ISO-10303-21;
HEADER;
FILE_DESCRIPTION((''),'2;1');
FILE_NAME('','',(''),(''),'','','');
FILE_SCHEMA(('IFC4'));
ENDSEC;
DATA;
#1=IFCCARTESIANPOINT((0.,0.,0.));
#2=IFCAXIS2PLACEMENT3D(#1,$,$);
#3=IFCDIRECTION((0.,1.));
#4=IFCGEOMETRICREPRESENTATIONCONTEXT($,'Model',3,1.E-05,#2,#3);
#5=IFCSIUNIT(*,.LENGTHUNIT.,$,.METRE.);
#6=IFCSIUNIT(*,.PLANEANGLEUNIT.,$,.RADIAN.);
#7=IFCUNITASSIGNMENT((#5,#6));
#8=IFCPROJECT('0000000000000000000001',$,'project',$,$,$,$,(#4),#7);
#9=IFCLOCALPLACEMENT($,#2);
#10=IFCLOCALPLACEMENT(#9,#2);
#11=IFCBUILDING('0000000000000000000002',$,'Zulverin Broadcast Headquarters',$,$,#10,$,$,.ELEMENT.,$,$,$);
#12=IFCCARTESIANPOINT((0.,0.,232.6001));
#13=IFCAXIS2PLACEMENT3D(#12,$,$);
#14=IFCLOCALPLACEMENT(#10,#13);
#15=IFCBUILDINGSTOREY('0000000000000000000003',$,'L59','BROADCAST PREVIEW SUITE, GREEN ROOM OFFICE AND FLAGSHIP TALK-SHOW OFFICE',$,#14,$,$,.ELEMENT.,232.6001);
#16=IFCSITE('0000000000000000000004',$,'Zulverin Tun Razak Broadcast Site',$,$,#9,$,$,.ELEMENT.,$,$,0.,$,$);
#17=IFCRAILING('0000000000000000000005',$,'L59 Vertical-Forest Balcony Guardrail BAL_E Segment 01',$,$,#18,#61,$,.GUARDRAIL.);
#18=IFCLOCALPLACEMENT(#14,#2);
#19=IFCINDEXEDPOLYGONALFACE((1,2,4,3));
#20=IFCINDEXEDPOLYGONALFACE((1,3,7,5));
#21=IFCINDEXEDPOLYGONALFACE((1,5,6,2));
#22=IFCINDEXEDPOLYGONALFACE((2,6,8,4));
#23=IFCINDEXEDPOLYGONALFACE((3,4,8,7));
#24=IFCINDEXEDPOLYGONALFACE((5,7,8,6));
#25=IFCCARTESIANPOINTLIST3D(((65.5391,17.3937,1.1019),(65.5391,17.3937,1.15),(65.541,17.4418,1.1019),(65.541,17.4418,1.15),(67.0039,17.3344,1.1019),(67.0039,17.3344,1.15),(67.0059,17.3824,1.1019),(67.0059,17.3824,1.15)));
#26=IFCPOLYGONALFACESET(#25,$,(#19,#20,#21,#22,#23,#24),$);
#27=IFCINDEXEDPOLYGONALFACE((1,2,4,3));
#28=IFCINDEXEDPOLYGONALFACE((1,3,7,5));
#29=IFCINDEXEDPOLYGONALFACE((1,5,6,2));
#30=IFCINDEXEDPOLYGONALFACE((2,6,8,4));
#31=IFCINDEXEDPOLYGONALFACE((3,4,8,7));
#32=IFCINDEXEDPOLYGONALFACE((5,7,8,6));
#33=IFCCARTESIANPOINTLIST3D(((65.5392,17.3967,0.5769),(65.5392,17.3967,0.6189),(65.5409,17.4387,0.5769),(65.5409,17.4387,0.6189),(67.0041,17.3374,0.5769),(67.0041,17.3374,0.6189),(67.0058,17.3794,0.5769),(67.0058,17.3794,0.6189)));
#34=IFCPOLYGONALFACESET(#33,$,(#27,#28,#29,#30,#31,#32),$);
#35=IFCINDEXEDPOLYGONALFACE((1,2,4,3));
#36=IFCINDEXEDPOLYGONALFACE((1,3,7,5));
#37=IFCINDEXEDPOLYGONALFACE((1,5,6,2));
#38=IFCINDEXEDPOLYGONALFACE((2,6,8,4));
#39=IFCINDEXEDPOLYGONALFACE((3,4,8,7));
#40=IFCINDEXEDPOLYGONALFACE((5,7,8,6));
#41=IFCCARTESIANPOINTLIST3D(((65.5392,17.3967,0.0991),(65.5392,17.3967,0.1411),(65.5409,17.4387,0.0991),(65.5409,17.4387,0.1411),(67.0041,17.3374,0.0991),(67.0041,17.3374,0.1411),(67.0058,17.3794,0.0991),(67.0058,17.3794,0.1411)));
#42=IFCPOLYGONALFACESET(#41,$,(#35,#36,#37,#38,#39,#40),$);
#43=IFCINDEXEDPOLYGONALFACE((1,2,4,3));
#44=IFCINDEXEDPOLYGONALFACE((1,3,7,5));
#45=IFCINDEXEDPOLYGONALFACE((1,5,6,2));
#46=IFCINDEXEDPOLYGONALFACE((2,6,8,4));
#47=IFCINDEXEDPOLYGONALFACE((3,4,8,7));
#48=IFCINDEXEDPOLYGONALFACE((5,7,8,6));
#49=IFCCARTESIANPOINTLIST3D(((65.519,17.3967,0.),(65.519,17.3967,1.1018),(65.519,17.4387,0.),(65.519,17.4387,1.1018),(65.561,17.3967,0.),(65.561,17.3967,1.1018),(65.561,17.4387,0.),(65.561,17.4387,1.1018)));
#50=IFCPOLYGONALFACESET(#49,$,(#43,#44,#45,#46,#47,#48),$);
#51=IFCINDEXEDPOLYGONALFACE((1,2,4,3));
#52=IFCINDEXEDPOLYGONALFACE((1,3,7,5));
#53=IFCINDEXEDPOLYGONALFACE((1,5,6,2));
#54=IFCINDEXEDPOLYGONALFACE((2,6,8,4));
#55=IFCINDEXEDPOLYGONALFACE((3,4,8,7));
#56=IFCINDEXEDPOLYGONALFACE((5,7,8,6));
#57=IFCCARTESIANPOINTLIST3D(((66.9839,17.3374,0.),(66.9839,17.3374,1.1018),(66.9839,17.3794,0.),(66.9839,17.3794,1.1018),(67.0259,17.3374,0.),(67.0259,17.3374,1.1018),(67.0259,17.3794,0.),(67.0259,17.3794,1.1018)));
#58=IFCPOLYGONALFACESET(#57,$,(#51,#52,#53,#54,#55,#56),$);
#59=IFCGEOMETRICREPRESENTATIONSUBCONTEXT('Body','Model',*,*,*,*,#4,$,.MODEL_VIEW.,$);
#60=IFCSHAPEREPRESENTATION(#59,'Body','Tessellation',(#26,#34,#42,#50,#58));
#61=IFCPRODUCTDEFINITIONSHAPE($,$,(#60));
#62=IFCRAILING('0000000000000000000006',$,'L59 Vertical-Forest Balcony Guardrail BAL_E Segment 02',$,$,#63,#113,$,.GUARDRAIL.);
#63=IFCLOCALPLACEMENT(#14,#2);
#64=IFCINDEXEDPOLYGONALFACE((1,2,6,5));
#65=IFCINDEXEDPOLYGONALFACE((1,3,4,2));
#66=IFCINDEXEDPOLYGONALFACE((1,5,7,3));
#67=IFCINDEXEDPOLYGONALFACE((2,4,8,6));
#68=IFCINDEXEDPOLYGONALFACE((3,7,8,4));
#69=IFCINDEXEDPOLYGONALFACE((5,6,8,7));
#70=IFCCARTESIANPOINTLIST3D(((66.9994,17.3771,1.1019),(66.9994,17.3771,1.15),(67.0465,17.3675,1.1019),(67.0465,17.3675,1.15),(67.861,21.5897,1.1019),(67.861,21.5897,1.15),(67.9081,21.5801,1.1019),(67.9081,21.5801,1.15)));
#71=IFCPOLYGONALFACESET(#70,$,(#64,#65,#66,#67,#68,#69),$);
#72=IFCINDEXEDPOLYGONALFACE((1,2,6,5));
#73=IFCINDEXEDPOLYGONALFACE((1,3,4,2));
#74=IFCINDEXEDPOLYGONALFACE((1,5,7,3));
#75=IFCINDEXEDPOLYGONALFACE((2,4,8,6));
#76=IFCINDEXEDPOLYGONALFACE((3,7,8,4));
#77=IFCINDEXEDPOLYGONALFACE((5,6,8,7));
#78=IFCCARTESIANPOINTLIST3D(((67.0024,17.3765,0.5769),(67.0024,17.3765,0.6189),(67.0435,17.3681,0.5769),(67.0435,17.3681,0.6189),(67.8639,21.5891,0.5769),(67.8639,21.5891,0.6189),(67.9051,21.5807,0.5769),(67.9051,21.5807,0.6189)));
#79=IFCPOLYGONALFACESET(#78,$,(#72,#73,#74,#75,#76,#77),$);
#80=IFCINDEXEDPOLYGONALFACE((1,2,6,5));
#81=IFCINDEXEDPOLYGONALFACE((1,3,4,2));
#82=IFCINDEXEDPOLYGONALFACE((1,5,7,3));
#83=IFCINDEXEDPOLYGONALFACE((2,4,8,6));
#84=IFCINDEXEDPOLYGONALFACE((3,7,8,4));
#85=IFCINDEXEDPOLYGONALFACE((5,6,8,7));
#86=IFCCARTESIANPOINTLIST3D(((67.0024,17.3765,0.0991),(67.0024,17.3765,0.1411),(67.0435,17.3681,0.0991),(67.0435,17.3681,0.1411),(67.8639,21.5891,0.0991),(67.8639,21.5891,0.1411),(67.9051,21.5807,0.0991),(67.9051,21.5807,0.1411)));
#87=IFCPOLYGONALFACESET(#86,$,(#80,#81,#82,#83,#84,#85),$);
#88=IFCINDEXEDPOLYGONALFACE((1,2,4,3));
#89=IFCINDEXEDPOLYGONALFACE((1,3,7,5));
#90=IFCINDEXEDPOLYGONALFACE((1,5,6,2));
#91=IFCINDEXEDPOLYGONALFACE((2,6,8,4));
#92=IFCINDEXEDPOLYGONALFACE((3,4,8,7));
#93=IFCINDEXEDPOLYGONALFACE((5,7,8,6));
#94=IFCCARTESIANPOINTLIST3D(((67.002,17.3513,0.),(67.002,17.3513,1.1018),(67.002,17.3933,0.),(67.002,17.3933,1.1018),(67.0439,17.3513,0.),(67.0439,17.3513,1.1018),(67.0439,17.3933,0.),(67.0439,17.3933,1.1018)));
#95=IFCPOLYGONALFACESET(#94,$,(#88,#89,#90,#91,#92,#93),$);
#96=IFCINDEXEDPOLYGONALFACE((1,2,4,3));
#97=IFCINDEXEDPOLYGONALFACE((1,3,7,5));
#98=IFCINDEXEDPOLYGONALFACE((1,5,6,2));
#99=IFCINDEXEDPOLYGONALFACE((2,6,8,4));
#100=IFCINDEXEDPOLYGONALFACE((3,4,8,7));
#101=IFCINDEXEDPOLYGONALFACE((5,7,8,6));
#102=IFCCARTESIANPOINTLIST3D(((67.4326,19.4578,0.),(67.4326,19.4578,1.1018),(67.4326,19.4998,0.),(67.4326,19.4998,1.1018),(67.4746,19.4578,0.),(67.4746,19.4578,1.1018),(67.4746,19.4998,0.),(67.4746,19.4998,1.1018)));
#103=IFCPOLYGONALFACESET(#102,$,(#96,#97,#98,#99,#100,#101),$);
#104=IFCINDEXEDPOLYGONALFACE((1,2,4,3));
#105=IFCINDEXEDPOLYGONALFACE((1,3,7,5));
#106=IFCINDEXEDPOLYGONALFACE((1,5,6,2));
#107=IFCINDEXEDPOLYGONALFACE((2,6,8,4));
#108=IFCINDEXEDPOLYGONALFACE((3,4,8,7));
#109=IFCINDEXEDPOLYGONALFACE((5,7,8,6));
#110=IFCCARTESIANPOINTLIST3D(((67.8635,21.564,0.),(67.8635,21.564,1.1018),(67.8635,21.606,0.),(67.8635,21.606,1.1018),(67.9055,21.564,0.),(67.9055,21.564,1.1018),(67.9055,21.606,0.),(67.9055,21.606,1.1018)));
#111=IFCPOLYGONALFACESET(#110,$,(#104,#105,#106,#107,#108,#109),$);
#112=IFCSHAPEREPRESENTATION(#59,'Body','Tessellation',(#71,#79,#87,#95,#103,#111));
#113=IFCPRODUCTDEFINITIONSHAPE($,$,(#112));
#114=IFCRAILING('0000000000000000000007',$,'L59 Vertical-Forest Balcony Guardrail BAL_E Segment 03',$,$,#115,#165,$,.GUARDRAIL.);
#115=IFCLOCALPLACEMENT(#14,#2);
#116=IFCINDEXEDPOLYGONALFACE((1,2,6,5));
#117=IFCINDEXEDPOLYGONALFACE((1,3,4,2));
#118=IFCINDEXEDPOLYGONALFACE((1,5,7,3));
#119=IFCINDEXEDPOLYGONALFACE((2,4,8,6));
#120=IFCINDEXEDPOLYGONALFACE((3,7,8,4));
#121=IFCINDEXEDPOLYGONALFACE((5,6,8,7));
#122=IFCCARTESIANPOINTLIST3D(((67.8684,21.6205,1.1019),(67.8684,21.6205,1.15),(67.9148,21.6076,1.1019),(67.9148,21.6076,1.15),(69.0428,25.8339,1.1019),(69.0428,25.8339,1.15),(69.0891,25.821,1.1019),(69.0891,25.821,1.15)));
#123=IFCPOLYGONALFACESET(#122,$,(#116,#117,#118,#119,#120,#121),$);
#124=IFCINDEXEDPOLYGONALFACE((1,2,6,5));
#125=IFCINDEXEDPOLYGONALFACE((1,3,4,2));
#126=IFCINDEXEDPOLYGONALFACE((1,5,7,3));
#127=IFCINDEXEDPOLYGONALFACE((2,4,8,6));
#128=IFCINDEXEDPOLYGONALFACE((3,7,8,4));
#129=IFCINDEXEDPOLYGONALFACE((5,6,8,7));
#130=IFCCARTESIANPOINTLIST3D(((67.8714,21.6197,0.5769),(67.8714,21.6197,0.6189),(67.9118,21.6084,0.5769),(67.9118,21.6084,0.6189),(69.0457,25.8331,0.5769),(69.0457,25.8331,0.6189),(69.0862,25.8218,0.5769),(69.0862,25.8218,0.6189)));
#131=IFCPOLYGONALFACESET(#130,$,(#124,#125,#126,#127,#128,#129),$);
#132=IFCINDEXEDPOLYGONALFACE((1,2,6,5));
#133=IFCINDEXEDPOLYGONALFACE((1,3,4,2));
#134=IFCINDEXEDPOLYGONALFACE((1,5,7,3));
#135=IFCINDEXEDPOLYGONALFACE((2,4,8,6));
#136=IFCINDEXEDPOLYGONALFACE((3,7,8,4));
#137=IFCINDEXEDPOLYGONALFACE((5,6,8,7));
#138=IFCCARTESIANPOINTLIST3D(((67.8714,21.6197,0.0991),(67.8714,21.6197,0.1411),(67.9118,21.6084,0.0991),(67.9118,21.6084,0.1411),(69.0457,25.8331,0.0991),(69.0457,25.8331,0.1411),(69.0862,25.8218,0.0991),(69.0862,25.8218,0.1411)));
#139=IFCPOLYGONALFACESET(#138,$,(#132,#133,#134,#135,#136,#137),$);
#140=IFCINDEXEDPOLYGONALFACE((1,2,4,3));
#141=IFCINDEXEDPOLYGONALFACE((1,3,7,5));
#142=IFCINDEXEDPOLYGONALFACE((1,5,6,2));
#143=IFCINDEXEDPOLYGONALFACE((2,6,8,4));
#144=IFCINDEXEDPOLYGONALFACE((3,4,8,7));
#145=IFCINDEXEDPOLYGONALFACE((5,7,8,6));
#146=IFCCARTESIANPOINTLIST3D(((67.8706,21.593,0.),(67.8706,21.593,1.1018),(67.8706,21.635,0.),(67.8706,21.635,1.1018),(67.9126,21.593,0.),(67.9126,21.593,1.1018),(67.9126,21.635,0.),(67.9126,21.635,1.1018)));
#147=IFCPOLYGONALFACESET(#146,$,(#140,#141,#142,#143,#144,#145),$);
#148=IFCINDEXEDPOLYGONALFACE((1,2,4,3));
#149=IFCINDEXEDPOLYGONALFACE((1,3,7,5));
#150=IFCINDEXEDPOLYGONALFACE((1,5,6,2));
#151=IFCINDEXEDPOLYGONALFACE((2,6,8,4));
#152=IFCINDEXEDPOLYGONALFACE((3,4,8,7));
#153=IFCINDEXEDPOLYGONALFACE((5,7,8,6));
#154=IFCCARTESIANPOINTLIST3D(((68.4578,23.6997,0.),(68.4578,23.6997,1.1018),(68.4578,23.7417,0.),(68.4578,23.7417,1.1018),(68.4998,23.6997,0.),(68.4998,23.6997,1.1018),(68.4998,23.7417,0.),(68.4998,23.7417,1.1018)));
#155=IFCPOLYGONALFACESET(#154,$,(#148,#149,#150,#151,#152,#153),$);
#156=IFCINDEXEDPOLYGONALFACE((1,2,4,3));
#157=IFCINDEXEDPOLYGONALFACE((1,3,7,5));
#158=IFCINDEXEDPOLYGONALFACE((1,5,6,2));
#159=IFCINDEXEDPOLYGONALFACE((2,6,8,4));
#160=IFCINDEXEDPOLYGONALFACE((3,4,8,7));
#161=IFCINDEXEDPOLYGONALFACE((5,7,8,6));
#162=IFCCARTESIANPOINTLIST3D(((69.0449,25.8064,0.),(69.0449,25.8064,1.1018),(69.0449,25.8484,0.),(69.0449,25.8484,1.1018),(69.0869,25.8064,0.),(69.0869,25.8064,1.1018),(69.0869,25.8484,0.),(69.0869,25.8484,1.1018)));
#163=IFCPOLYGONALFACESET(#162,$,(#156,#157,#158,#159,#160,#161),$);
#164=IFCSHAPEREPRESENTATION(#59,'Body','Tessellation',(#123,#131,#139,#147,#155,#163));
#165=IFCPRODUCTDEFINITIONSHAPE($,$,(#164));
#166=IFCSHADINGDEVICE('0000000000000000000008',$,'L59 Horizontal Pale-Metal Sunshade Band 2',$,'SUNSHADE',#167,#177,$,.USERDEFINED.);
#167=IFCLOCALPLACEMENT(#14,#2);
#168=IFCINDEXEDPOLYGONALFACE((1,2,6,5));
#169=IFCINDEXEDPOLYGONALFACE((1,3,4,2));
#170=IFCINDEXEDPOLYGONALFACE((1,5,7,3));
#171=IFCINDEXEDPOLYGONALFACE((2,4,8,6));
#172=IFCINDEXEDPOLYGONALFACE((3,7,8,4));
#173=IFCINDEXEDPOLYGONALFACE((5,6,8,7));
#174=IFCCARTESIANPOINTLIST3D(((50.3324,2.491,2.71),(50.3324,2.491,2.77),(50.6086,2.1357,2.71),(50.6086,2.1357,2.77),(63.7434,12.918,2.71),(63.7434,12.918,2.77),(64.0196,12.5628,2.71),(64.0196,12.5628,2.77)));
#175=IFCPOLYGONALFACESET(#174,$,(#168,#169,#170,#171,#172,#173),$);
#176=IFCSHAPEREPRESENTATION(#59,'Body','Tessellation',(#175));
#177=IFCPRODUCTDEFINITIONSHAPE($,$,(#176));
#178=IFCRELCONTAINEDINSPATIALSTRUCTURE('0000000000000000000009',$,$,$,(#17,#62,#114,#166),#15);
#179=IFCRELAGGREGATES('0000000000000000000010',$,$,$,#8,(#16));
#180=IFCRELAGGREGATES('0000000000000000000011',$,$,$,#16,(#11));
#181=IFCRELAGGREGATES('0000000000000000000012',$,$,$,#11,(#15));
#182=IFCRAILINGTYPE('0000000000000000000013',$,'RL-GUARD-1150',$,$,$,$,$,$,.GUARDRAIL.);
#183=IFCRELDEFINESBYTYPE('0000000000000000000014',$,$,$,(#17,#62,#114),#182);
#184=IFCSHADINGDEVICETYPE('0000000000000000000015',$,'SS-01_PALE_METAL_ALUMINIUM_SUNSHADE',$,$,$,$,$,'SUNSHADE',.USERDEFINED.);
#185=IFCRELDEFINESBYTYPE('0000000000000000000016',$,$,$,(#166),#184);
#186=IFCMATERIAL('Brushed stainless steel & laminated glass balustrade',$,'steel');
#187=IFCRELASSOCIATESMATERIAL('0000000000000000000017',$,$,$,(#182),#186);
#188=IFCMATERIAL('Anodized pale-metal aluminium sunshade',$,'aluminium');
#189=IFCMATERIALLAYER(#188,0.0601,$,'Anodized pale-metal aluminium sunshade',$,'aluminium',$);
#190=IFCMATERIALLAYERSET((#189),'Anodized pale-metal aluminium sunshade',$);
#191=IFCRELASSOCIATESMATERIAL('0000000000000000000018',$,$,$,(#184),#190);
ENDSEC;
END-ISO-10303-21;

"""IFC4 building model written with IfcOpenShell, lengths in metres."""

from ifc_helpers import new_model, si_unit, direction, frame, origin, origin_2d, place, context, subcontext, project, spatial, rectangle, extrude, material, layer, layer_set, type_object, element, save


model = new_model("IFC4")

# Units and contexts
model_context = context("Model", 3, precision=1e-05, world=origin(), true_north=direction((0.0, 1.0)))
body_context = subcontext(model_context, "Body", "Model", "MODEL_VIEW")
ifc_project = project(units=[si_unit("LENGTHUNIT", "METRE"), si_unit("PLANEANGLEUNIT", "RADIAN")], contexts=[model_context])

# Site, building, storey
site_placement = place(None, origin())
site = spatial("IfcSite", under=ifc_project, at=site_placement, Name="Zulverin Tun Razak Broadcast Site", CompositionType="ELEMENT", RefElevation=0.0)
building_placement = place(site_placement, origin())
building = spatial("IfcBuilding", under=site, at=building_placement, Name="Zulverin Broadcast Headquarters", CompositionType="ELEMENT")
storey_placement = place(building_placement, frame((0.0, 0.0, 232.6001)))
storey = spatial("IfcBuildingStorey", under=building, at=storey_placement, Name="L59", Description="BROADCAST PREVIEW SUITE, GREEN ROOM OFFICE AND FLAGSHIP TALK-SHOW OFFICE", CompositionType="ELEMENT", Elevation=232.6001)

# Railings
ifc_material_1 = material(Name="Brushed stainless steel & laminated glass balustrade", Category="steel")
railing_type = type_object("IfcRailingType", Name="RL-GUARD-1150", PredefinedType="GUARDRAIL", material=ifc_material_1)
railing_1_placement = place(storey_placement, frame((65.54, 17.4177, 0.0)))
element("IfcRailing", 1, at=railing_1_placement, inside=storey, type_object=railing_type, Name="L59 Vertical-Forest Balcony Guardrail BAL_E Segment 01", PredefinedType="GUARDRAIL", context=body_context, shape_type="SweptSolid", body=[
    extrude(rectangle(XDim=0.0481, YDim=0.0481, at=origin_2d()), frame((0.0, 0.0, 1.126), z_axis=(0.999181, -0.040467, 0.0), x_axis=(0.040467, 0.999181, 0.0)), (0.0, 0.0, 1.0), 1.4661),
    extrude(rectangle(XDim=0.042, YDim=0.042, at=origin_2d()), frame((0.0, 0.0, 0.5979), z_axis=(0.999181, -0.040467, 0.0), x_axis=(0.040467, 0.999181, 0.0)), (0.0, 0.0, 1.0), 1.4661),
    extrude(rectangle(XDim=0.042, YDim=0.042, at=origin_2d()), frame((0.0, 0.0, 0.1201), z_axis=(0.999181, -0.040467, 0.0), x_axis=(0.040467, 0.999181, 0.0)), (0.0, 0.0, 1.0), 1.4661),
    extrude(rectangle(XDim=0.042, YDim=0.042, at=origin_2d()), origin(), (0.0, 0.0, 1.0), 1.1018),
    extrude(rectangle(XDim=0.042, YDim=0.042, at=origin_2d()), frame((1.4648, -0.0593, 0.0)), (0.0, 0.0, 1.0), 1.1018),
])
railing_2_placement = place(storey_placement, frame((67.0229, 17.3723, 0.0)))
element("IfcRailing", 2, at=railing_2_placement, inside=storey, type_object=railing_type, Name="L59 Vertical-Forest Balcony Guardrail BAL_E Segment 02", PredefinedType="GUARDRAIL", context=body_context, shape_type="SweptSolid", body=[
    extrude(rectangle(XDim=0.0481, YDim=0.0481, at=origin_2d()), frame((0.0, 0.0, 1.126), z_axis=(0.200373, 0.97972, 0.0), x_axis=(-0.97972, 0.200373, 0.0)), (0.0, 0.0, 1.0), 4.2998),
    extrude(rectangle(XDim=0.042, YDim=0.042, at=origin_2d()), frame((0.0, 0.0, 0.5979), z_axis=(0.200373, 0.97972, 0.0), x_axis=(-0.97972, 0.200373, 0.0)), (0.0, 0.0, 1.0), 4.2998),
    extrude(rectangle(XDim=0.042, YDim=0.042, at=origin_2d()), frame((0.0, 0.0, 0.1201), z_axis=(0.200373, 0.97972, 0.0), x_axis=(-0.97972, 0.200373, 0.0)), (0.0, 0.0, 1.0), 4.2998),
    extrude(rectangle(XDim=0.042, YDim=0.042, at=origin_2d()), origin(), (0.0, 0.0, 1.0), 1.1018),
    extrude(rectangle(XDim=0.042, YDim=0.042, at=origin_2d()), frame((0.4307, 2.1064, 0.0)), (0.0, 0.0, 1.0), 1.1018),
    extrude(rectangle(XDim=0.042, YDim=0.042, at=origin_2d()), frame((0.8616, 4.2126, 0.0)), (0.0, 0.0, 1.0), 1.1018),
])
railing_3_placement = place(storey_placement, frame((67.8916, 21.614, 0.0)))
element("IfcRailing", 3, at=railing_3_placement, inside=storey, type_object=railing_type, Name="L59 Vertical-Forest Balcony Guardrail BAL_E Segment 03", PredefinedType="GUARDRAIL", context=body_context, shape_type="SweptSolid", body=[
    extrude(rectangle(XDim=0.0481, YDim=0.0481, at=origin_2d()), frame((0.0, 0.0, 1.126), z_axis=(0.268479, 0.963286, 0.0), x_axis=(-0.963286, 0.268479, 0.0)), (0.0, 0.0, 1.0), 4.374),
    extrude(rectangle(XDim=0.042, YDim=0.042, at=origin_2d()), frame((0.0, 0.0, 0.5979), z_axis=(0.268479, 0.963286, 0.0), x_axis=(-0.963286, 0.268479, 0.0)), (0.0, 0.0, 1.0), 4.374),
    extrude(rectangle(XDim=0.042, YDim=0.042, at=origin_2d()), frame((0.0, 0.0, 0.1201), z_axis=(0.268479, 0.963286, 0.0), x_axis=(-0.963286, 0.268479, 0.0)), (0.0, 0.0, 1.0), 4.374),
    extrude(rectangle(XDim=0.042, YDim=0.042, at=origin_2d()), origin(), (0.0, 0.0, 1.0), 1.1018),
    extrude(rectangle(XDim=0.042, YDim=0.042, at=origin_2d()), frame((0.5872, 2.1067, 0.0)), (0.0, 0.0, 1.0), 1.1018),
    extrude(rectangle(XDim=0.042, YDim=0.042, at=origin_2d()), frame((1.1743, 4.2134, 0.0)), (0.0, 0.0, 1.0), 1.1018),
])

# Shading device
ifc_material_2 = material(Name="Anodized pale-metal aluminium sunshade", Category="aluminium")
ifc_layer_1 = layer(ifc_material_2, 0.0601, Name="Anodized pale-metal aluminium sunshade", Category="aluminium")
ifc_layer_set_1 = layer_set([ifc_layer_1], Name="Anodized pale-metal aluminium sunshade")
shading_device_type = type_object("IfcShadingDeviceType", Name="SS-01_PALE_METAL_ALUMINIUM_SUNSHADE", ElementType="SUNSHADE", PredefinedType="USERDEFINED", material=ifc_layer_set_1)
shading_device_placement = place(storey_placement, frame((57.176, 7.5269, 2.71), z_axis=(0.0, 0.0, 1.0), x_axis=(0.789459, 0.613803, 0.0)))
element("IfcShadingDevice", 4, at=shading_device_placement, inside=storey, type_object=shading_device_type, Name="L59 Horizontal Pale-Metal Sunshade Band 2", ObjectType="SUNSHADE", PredefinedType="USERDEFINED", context=body_context, shape_type="SweptSolid", body=[
    extrude(rectangle(XDim=16.9875, YDim=0.45, at=origin_2d()), origin(), (0.0, 0.0, 1.0), 0.0601),
])

save(model, "model.ifc")
